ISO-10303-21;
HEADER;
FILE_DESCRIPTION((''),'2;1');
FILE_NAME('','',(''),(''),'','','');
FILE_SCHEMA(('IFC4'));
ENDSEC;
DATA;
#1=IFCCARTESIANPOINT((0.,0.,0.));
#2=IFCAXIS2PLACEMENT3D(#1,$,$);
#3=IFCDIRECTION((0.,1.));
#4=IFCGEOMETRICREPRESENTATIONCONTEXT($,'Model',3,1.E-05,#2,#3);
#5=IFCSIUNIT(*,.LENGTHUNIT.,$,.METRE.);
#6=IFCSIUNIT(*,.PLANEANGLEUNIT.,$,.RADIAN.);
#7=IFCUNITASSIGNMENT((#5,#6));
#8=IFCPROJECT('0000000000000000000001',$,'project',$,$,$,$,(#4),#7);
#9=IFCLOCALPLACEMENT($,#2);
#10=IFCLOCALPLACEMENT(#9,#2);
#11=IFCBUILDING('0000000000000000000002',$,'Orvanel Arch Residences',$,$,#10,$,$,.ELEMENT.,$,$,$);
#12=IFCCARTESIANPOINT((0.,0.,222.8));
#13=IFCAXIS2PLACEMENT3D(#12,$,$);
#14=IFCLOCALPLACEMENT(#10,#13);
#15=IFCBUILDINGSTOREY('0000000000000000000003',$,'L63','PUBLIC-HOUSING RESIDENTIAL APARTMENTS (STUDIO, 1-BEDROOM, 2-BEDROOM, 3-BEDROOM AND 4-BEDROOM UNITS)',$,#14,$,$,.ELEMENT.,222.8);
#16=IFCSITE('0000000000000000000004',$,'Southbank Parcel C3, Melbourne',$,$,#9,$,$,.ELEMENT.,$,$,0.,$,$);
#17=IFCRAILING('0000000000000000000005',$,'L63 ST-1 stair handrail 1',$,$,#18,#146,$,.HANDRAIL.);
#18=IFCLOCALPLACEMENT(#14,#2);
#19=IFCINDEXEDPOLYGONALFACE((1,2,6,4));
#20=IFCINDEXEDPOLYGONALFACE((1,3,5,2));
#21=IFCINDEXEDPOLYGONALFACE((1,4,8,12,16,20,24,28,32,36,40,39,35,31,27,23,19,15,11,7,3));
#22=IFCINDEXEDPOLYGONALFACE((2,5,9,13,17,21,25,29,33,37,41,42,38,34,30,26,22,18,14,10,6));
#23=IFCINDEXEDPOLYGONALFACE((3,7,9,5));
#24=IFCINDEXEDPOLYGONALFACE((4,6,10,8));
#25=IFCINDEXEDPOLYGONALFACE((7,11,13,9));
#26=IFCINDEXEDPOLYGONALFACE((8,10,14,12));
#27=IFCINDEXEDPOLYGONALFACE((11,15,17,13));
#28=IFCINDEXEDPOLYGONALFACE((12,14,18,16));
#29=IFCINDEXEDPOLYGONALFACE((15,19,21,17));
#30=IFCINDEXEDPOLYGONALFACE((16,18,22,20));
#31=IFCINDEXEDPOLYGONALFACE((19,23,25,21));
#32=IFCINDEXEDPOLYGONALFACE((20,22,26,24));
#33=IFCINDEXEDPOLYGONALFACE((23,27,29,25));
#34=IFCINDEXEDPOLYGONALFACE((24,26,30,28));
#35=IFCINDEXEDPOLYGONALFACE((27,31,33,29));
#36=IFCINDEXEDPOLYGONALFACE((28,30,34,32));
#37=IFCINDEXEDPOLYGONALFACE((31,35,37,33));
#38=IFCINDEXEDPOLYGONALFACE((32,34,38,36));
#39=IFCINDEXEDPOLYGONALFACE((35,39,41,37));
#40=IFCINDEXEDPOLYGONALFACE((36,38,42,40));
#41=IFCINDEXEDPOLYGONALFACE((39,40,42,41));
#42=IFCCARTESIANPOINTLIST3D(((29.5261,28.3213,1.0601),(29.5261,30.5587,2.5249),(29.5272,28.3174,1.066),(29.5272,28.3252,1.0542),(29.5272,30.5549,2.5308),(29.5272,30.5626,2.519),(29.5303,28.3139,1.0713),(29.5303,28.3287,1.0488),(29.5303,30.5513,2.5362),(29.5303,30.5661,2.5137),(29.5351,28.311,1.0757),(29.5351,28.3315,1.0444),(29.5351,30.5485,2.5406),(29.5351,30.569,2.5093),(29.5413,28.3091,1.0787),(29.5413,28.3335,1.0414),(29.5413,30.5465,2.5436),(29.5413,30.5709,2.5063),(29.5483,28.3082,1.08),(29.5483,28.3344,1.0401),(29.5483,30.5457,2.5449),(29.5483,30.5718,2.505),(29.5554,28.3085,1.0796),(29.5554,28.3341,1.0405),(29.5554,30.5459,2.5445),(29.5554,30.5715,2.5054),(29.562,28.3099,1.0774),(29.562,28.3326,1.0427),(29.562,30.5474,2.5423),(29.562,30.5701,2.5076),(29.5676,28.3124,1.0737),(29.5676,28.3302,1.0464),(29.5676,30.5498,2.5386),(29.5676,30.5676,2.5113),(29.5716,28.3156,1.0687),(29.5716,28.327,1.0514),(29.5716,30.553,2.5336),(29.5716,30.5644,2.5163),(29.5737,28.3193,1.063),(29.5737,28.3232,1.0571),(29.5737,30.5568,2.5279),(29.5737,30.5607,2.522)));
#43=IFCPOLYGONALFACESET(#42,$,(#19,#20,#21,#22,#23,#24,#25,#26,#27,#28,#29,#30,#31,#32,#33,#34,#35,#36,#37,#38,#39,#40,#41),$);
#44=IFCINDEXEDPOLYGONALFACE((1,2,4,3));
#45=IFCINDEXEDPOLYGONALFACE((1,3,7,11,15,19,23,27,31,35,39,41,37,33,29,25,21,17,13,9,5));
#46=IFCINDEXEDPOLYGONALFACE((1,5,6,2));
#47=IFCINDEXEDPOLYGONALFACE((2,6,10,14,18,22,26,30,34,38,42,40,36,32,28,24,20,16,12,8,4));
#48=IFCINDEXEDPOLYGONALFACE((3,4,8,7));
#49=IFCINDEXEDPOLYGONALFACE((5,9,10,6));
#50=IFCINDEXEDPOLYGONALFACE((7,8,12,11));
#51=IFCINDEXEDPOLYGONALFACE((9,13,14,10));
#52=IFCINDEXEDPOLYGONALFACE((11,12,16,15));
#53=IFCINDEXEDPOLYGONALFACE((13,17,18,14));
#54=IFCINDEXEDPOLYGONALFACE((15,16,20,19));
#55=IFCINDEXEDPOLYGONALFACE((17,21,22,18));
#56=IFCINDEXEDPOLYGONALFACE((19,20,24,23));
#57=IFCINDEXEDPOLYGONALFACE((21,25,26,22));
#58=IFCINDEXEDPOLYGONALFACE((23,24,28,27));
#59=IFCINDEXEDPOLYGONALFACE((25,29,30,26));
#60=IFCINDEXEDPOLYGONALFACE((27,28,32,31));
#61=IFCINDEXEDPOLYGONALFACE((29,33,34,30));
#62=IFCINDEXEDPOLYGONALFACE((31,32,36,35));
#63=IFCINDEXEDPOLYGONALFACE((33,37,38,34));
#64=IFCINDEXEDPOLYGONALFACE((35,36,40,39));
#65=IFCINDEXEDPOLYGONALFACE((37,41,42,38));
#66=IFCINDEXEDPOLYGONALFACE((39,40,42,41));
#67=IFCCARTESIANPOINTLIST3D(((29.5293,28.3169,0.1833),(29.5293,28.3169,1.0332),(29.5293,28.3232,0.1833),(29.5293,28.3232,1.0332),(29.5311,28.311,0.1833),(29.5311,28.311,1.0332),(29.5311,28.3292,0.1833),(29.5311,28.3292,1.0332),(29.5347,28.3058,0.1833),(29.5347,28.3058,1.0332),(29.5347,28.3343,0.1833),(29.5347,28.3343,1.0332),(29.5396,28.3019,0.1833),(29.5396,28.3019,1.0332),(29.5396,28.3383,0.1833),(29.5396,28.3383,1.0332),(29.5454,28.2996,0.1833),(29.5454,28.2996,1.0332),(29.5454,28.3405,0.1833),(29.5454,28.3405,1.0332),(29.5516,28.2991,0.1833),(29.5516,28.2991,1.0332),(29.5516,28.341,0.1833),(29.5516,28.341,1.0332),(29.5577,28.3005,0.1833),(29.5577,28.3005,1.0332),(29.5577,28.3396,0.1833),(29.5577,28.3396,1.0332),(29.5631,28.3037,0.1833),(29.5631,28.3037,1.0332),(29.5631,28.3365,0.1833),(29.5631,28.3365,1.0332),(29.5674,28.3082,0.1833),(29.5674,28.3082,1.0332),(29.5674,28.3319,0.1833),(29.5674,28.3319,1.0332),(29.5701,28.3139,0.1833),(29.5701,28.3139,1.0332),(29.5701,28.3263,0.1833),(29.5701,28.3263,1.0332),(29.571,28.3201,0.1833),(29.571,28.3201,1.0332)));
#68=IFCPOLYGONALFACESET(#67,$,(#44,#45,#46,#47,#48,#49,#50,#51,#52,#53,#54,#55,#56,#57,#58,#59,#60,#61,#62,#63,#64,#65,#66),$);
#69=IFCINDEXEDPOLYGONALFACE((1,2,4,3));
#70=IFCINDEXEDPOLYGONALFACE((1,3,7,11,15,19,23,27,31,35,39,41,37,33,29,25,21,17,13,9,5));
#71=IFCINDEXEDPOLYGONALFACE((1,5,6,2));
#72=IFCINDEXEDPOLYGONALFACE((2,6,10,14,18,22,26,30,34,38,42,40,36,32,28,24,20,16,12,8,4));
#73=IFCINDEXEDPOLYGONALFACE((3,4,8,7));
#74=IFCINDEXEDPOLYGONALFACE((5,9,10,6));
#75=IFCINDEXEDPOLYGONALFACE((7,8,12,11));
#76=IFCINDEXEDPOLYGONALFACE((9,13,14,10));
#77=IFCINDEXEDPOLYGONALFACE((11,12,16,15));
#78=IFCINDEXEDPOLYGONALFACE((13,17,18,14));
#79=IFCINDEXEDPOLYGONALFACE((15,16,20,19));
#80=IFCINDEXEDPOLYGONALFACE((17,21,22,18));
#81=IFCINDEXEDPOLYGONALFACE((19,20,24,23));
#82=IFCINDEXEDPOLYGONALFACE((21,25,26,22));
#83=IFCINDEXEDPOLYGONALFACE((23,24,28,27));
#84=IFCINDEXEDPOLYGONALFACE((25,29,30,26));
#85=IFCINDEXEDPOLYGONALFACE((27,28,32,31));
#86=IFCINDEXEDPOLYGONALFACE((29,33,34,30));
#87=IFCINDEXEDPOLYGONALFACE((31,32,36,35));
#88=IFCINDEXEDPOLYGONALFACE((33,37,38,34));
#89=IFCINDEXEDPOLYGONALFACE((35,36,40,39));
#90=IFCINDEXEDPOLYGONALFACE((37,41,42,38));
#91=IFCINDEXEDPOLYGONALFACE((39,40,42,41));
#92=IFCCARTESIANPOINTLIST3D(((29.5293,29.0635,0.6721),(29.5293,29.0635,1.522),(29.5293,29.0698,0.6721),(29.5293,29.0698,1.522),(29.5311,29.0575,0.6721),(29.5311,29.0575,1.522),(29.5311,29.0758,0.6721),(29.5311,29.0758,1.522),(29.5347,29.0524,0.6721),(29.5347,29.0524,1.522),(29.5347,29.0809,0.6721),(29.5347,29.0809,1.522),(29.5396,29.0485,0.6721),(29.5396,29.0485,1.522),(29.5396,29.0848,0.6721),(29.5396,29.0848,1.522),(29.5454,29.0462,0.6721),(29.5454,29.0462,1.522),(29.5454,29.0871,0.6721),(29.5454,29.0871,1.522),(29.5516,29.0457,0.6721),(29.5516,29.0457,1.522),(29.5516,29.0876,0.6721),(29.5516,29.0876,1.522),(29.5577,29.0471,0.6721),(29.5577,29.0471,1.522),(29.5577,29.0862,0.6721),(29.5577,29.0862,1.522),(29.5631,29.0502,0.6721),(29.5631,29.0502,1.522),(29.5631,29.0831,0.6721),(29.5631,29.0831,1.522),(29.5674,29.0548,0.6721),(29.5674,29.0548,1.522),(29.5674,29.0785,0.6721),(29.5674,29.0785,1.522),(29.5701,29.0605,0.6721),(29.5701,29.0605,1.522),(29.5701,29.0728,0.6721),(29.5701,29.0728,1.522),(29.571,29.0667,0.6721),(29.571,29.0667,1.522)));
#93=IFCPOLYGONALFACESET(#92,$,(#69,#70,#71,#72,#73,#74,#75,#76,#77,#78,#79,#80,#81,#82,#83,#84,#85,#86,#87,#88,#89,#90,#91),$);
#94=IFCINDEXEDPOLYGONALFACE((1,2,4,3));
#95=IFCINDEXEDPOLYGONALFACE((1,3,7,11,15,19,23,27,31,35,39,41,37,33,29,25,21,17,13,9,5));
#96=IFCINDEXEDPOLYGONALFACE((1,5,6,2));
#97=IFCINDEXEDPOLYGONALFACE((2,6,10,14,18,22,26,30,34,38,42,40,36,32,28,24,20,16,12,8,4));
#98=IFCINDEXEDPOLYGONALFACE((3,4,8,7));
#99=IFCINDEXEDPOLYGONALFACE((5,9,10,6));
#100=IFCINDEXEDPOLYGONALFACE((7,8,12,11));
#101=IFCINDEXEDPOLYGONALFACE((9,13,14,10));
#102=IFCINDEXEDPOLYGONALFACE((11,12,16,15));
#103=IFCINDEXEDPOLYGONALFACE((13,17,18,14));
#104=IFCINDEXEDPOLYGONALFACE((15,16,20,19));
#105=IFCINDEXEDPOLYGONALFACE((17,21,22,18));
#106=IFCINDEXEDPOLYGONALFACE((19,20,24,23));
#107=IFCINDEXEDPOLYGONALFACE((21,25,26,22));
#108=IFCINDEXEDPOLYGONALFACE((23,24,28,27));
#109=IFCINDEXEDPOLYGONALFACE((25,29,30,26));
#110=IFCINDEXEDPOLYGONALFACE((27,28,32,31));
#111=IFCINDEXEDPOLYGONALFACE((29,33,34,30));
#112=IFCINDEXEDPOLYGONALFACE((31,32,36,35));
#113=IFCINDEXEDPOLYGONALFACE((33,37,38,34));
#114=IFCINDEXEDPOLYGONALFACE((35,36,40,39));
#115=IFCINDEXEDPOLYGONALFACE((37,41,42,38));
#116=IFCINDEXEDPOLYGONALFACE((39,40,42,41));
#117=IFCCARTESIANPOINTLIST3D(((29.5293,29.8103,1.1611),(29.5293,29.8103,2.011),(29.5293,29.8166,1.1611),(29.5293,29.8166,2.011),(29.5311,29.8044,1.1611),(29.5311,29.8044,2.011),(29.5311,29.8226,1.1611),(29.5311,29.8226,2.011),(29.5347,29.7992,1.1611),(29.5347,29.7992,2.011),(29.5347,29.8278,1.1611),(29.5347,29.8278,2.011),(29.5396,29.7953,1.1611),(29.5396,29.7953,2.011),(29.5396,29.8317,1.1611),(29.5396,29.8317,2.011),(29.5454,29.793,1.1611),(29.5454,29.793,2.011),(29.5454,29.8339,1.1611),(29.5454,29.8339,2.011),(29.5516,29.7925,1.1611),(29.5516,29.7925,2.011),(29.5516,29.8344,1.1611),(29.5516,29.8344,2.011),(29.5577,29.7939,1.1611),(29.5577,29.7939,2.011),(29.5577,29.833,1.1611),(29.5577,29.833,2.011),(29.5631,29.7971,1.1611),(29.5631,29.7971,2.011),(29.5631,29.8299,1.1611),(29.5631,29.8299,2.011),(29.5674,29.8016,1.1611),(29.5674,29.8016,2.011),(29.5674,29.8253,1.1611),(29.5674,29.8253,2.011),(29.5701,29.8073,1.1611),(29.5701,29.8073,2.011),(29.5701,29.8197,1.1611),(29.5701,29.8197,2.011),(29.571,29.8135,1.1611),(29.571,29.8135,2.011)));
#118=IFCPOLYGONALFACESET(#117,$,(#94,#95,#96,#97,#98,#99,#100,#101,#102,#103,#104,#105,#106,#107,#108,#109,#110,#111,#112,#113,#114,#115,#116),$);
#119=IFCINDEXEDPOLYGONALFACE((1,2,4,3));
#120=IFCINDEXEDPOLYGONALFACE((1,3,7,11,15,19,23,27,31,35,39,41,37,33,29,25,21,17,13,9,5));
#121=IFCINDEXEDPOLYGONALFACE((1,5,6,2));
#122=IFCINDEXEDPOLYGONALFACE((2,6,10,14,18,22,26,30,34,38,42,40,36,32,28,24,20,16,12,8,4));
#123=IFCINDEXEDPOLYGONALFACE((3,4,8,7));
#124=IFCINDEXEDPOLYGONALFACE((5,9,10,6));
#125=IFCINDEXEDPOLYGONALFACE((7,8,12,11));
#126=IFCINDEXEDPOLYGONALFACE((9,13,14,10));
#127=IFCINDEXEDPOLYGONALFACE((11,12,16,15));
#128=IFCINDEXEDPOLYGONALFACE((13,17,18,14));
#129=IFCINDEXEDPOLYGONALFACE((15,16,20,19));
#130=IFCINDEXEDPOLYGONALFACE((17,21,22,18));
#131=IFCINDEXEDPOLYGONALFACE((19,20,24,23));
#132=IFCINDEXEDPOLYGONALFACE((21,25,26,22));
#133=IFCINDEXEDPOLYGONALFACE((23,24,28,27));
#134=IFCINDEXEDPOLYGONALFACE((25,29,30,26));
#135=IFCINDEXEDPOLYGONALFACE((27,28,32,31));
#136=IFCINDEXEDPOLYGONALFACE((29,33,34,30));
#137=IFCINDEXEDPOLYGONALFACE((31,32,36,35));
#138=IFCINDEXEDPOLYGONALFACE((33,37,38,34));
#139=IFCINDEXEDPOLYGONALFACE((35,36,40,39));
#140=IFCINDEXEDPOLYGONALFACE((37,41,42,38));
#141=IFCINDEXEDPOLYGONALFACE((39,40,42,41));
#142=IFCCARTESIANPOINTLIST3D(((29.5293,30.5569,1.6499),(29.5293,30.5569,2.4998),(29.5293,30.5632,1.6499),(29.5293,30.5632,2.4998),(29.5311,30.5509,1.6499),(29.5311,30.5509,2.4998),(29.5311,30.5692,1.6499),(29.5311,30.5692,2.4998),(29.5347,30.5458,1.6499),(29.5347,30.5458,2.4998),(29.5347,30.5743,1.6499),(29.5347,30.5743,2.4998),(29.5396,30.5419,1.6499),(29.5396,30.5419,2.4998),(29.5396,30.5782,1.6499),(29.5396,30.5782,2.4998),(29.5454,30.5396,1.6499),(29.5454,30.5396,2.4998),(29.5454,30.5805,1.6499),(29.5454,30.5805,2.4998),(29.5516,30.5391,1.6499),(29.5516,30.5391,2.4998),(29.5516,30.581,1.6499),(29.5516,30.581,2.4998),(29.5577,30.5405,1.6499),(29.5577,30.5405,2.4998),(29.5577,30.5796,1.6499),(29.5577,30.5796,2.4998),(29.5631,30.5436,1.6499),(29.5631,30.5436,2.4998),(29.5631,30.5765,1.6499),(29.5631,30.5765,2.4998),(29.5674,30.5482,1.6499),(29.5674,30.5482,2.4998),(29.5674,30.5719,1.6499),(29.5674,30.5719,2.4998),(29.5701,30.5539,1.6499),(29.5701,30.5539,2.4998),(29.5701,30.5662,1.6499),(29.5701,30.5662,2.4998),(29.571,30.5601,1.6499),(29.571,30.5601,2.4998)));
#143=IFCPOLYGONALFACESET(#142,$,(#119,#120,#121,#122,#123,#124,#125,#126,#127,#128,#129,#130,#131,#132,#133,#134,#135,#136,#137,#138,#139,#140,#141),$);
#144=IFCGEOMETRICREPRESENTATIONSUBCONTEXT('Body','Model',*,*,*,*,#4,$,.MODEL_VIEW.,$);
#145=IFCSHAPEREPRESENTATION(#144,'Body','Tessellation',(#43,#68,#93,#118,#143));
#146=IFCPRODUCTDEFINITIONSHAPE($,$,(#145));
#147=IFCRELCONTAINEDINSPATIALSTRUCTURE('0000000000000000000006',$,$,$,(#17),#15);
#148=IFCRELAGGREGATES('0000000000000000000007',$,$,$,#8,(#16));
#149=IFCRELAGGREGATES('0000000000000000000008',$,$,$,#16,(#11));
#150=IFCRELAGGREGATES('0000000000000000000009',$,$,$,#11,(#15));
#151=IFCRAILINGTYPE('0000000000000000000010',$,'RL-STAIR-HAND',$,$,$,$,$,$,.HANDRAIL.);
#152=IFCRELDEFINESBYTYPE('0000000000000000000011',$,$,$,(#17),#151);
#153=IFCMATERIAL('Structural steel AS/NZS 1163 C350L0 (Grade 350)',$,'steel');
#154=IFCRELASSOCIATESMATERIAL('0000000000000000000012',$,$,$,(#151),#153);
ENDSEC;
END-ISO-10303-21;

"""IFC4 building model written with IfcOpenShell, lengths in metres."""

from ifc_helpers import new_model, si_unit, direction, frame, origin, origin_2d, place, context, subcontext, project, spatial, circle, extrude, material, type_object, element, save


model = new_model("IFC4")

# Units and contexts
model_context = context("Model", 3, precision=1e-05, world=origin(), true_north=direction((0.0, 1.0)))
body_context = subcontext(model_context, "Body", "Model", "MODEL_VIEW")
ifc_project = project(units=[si_unit("LENGTHUNIT", "METRE"), si_unit("PLANEANGLEUNIT", "RADIAN")], contexts=[model_context])

# Site, building, storey
site_placement = place(None, origin())
site = spatial("IfcSite", under=ifc_project, at=site_placement, Name="Southbank Parcel C3, Melbourne", CompositionType="ELEMENT", RefElevation=0.0)
building_placement = place(site_placement, origin())
building = spatial("IfcBuilding", under=site, at=building_placement, Name="Orvanel Arch Residences", CompositionType="ELEMENT")
storey_placement = place(building_placement, frame((0.0, 0.0, 222.8)))
storey = spatial("IfcBuildingStorey", under=building, at=storey_placement, Name="L63", Description="PUBLIC-HOUSING RESIDENTIAL APARTMENTS (STUDIO, 1-BEDROOM, 2-BEDROOM, 3-BEDROOM AND 4-BEDROOM UNITS)", CompositionType="ELEMENT", Elevation=222.8)

# Railing
ifc_material_1 = material(Name="Structural steel AS/NZS 1163 C350L0 (Grade 350)", Category="steel")
railing_type_1 = type_object("IfcRailingType", Name="RL-STAIR-HAND", PredefinedType="HANDRAIL", material=ifc_material_1)
railing_1_placement = place(storey_placement, frame((29.55, 28.3201, 0.1833)))
element("IfcRailing", 1, at=railing_1_placement, inside=storey, type_object=railing_type_1, Name="L63 ST-1 stair handrail 1", PredefinedType="HANDRAIL", context=body_context, shape_type="SweptSolid", body=[
    extrude(circle(Radius=0.0239, at=origin_2d()), frame((0.0, 0.0012, 0.8767), z_axis=(0.0, 0.836637, 0.547758), x_axis=(-1.0, 0.0, 0.0)), (0.0, 0.0, 1.0), 2.6743),
    extrude(circle(Radius=0.021, at=origin_2d()), origin(), (0.0, 0.0, 1.0), 0.8499),
    extrude(circle(Radius=0.021, at=origin_2d()), frame((0.0, 0.7466, 0.4888)), (0.0, 0.0, 1.0), 0.8499),
    extrude(circle(Radius=0.021, at=origin_2d()), frame((0.0, 1.4934, 0.9778)), (0.0, 0.0, 1.0), 0.8499),
    extrude(circle(Radius=0.021, at=origin_2d()), frame((0.0, 2.24, 1.4666)), (0.0, 0.0, 1.0), 0.8499),
])

save(model, "model.ifc")
